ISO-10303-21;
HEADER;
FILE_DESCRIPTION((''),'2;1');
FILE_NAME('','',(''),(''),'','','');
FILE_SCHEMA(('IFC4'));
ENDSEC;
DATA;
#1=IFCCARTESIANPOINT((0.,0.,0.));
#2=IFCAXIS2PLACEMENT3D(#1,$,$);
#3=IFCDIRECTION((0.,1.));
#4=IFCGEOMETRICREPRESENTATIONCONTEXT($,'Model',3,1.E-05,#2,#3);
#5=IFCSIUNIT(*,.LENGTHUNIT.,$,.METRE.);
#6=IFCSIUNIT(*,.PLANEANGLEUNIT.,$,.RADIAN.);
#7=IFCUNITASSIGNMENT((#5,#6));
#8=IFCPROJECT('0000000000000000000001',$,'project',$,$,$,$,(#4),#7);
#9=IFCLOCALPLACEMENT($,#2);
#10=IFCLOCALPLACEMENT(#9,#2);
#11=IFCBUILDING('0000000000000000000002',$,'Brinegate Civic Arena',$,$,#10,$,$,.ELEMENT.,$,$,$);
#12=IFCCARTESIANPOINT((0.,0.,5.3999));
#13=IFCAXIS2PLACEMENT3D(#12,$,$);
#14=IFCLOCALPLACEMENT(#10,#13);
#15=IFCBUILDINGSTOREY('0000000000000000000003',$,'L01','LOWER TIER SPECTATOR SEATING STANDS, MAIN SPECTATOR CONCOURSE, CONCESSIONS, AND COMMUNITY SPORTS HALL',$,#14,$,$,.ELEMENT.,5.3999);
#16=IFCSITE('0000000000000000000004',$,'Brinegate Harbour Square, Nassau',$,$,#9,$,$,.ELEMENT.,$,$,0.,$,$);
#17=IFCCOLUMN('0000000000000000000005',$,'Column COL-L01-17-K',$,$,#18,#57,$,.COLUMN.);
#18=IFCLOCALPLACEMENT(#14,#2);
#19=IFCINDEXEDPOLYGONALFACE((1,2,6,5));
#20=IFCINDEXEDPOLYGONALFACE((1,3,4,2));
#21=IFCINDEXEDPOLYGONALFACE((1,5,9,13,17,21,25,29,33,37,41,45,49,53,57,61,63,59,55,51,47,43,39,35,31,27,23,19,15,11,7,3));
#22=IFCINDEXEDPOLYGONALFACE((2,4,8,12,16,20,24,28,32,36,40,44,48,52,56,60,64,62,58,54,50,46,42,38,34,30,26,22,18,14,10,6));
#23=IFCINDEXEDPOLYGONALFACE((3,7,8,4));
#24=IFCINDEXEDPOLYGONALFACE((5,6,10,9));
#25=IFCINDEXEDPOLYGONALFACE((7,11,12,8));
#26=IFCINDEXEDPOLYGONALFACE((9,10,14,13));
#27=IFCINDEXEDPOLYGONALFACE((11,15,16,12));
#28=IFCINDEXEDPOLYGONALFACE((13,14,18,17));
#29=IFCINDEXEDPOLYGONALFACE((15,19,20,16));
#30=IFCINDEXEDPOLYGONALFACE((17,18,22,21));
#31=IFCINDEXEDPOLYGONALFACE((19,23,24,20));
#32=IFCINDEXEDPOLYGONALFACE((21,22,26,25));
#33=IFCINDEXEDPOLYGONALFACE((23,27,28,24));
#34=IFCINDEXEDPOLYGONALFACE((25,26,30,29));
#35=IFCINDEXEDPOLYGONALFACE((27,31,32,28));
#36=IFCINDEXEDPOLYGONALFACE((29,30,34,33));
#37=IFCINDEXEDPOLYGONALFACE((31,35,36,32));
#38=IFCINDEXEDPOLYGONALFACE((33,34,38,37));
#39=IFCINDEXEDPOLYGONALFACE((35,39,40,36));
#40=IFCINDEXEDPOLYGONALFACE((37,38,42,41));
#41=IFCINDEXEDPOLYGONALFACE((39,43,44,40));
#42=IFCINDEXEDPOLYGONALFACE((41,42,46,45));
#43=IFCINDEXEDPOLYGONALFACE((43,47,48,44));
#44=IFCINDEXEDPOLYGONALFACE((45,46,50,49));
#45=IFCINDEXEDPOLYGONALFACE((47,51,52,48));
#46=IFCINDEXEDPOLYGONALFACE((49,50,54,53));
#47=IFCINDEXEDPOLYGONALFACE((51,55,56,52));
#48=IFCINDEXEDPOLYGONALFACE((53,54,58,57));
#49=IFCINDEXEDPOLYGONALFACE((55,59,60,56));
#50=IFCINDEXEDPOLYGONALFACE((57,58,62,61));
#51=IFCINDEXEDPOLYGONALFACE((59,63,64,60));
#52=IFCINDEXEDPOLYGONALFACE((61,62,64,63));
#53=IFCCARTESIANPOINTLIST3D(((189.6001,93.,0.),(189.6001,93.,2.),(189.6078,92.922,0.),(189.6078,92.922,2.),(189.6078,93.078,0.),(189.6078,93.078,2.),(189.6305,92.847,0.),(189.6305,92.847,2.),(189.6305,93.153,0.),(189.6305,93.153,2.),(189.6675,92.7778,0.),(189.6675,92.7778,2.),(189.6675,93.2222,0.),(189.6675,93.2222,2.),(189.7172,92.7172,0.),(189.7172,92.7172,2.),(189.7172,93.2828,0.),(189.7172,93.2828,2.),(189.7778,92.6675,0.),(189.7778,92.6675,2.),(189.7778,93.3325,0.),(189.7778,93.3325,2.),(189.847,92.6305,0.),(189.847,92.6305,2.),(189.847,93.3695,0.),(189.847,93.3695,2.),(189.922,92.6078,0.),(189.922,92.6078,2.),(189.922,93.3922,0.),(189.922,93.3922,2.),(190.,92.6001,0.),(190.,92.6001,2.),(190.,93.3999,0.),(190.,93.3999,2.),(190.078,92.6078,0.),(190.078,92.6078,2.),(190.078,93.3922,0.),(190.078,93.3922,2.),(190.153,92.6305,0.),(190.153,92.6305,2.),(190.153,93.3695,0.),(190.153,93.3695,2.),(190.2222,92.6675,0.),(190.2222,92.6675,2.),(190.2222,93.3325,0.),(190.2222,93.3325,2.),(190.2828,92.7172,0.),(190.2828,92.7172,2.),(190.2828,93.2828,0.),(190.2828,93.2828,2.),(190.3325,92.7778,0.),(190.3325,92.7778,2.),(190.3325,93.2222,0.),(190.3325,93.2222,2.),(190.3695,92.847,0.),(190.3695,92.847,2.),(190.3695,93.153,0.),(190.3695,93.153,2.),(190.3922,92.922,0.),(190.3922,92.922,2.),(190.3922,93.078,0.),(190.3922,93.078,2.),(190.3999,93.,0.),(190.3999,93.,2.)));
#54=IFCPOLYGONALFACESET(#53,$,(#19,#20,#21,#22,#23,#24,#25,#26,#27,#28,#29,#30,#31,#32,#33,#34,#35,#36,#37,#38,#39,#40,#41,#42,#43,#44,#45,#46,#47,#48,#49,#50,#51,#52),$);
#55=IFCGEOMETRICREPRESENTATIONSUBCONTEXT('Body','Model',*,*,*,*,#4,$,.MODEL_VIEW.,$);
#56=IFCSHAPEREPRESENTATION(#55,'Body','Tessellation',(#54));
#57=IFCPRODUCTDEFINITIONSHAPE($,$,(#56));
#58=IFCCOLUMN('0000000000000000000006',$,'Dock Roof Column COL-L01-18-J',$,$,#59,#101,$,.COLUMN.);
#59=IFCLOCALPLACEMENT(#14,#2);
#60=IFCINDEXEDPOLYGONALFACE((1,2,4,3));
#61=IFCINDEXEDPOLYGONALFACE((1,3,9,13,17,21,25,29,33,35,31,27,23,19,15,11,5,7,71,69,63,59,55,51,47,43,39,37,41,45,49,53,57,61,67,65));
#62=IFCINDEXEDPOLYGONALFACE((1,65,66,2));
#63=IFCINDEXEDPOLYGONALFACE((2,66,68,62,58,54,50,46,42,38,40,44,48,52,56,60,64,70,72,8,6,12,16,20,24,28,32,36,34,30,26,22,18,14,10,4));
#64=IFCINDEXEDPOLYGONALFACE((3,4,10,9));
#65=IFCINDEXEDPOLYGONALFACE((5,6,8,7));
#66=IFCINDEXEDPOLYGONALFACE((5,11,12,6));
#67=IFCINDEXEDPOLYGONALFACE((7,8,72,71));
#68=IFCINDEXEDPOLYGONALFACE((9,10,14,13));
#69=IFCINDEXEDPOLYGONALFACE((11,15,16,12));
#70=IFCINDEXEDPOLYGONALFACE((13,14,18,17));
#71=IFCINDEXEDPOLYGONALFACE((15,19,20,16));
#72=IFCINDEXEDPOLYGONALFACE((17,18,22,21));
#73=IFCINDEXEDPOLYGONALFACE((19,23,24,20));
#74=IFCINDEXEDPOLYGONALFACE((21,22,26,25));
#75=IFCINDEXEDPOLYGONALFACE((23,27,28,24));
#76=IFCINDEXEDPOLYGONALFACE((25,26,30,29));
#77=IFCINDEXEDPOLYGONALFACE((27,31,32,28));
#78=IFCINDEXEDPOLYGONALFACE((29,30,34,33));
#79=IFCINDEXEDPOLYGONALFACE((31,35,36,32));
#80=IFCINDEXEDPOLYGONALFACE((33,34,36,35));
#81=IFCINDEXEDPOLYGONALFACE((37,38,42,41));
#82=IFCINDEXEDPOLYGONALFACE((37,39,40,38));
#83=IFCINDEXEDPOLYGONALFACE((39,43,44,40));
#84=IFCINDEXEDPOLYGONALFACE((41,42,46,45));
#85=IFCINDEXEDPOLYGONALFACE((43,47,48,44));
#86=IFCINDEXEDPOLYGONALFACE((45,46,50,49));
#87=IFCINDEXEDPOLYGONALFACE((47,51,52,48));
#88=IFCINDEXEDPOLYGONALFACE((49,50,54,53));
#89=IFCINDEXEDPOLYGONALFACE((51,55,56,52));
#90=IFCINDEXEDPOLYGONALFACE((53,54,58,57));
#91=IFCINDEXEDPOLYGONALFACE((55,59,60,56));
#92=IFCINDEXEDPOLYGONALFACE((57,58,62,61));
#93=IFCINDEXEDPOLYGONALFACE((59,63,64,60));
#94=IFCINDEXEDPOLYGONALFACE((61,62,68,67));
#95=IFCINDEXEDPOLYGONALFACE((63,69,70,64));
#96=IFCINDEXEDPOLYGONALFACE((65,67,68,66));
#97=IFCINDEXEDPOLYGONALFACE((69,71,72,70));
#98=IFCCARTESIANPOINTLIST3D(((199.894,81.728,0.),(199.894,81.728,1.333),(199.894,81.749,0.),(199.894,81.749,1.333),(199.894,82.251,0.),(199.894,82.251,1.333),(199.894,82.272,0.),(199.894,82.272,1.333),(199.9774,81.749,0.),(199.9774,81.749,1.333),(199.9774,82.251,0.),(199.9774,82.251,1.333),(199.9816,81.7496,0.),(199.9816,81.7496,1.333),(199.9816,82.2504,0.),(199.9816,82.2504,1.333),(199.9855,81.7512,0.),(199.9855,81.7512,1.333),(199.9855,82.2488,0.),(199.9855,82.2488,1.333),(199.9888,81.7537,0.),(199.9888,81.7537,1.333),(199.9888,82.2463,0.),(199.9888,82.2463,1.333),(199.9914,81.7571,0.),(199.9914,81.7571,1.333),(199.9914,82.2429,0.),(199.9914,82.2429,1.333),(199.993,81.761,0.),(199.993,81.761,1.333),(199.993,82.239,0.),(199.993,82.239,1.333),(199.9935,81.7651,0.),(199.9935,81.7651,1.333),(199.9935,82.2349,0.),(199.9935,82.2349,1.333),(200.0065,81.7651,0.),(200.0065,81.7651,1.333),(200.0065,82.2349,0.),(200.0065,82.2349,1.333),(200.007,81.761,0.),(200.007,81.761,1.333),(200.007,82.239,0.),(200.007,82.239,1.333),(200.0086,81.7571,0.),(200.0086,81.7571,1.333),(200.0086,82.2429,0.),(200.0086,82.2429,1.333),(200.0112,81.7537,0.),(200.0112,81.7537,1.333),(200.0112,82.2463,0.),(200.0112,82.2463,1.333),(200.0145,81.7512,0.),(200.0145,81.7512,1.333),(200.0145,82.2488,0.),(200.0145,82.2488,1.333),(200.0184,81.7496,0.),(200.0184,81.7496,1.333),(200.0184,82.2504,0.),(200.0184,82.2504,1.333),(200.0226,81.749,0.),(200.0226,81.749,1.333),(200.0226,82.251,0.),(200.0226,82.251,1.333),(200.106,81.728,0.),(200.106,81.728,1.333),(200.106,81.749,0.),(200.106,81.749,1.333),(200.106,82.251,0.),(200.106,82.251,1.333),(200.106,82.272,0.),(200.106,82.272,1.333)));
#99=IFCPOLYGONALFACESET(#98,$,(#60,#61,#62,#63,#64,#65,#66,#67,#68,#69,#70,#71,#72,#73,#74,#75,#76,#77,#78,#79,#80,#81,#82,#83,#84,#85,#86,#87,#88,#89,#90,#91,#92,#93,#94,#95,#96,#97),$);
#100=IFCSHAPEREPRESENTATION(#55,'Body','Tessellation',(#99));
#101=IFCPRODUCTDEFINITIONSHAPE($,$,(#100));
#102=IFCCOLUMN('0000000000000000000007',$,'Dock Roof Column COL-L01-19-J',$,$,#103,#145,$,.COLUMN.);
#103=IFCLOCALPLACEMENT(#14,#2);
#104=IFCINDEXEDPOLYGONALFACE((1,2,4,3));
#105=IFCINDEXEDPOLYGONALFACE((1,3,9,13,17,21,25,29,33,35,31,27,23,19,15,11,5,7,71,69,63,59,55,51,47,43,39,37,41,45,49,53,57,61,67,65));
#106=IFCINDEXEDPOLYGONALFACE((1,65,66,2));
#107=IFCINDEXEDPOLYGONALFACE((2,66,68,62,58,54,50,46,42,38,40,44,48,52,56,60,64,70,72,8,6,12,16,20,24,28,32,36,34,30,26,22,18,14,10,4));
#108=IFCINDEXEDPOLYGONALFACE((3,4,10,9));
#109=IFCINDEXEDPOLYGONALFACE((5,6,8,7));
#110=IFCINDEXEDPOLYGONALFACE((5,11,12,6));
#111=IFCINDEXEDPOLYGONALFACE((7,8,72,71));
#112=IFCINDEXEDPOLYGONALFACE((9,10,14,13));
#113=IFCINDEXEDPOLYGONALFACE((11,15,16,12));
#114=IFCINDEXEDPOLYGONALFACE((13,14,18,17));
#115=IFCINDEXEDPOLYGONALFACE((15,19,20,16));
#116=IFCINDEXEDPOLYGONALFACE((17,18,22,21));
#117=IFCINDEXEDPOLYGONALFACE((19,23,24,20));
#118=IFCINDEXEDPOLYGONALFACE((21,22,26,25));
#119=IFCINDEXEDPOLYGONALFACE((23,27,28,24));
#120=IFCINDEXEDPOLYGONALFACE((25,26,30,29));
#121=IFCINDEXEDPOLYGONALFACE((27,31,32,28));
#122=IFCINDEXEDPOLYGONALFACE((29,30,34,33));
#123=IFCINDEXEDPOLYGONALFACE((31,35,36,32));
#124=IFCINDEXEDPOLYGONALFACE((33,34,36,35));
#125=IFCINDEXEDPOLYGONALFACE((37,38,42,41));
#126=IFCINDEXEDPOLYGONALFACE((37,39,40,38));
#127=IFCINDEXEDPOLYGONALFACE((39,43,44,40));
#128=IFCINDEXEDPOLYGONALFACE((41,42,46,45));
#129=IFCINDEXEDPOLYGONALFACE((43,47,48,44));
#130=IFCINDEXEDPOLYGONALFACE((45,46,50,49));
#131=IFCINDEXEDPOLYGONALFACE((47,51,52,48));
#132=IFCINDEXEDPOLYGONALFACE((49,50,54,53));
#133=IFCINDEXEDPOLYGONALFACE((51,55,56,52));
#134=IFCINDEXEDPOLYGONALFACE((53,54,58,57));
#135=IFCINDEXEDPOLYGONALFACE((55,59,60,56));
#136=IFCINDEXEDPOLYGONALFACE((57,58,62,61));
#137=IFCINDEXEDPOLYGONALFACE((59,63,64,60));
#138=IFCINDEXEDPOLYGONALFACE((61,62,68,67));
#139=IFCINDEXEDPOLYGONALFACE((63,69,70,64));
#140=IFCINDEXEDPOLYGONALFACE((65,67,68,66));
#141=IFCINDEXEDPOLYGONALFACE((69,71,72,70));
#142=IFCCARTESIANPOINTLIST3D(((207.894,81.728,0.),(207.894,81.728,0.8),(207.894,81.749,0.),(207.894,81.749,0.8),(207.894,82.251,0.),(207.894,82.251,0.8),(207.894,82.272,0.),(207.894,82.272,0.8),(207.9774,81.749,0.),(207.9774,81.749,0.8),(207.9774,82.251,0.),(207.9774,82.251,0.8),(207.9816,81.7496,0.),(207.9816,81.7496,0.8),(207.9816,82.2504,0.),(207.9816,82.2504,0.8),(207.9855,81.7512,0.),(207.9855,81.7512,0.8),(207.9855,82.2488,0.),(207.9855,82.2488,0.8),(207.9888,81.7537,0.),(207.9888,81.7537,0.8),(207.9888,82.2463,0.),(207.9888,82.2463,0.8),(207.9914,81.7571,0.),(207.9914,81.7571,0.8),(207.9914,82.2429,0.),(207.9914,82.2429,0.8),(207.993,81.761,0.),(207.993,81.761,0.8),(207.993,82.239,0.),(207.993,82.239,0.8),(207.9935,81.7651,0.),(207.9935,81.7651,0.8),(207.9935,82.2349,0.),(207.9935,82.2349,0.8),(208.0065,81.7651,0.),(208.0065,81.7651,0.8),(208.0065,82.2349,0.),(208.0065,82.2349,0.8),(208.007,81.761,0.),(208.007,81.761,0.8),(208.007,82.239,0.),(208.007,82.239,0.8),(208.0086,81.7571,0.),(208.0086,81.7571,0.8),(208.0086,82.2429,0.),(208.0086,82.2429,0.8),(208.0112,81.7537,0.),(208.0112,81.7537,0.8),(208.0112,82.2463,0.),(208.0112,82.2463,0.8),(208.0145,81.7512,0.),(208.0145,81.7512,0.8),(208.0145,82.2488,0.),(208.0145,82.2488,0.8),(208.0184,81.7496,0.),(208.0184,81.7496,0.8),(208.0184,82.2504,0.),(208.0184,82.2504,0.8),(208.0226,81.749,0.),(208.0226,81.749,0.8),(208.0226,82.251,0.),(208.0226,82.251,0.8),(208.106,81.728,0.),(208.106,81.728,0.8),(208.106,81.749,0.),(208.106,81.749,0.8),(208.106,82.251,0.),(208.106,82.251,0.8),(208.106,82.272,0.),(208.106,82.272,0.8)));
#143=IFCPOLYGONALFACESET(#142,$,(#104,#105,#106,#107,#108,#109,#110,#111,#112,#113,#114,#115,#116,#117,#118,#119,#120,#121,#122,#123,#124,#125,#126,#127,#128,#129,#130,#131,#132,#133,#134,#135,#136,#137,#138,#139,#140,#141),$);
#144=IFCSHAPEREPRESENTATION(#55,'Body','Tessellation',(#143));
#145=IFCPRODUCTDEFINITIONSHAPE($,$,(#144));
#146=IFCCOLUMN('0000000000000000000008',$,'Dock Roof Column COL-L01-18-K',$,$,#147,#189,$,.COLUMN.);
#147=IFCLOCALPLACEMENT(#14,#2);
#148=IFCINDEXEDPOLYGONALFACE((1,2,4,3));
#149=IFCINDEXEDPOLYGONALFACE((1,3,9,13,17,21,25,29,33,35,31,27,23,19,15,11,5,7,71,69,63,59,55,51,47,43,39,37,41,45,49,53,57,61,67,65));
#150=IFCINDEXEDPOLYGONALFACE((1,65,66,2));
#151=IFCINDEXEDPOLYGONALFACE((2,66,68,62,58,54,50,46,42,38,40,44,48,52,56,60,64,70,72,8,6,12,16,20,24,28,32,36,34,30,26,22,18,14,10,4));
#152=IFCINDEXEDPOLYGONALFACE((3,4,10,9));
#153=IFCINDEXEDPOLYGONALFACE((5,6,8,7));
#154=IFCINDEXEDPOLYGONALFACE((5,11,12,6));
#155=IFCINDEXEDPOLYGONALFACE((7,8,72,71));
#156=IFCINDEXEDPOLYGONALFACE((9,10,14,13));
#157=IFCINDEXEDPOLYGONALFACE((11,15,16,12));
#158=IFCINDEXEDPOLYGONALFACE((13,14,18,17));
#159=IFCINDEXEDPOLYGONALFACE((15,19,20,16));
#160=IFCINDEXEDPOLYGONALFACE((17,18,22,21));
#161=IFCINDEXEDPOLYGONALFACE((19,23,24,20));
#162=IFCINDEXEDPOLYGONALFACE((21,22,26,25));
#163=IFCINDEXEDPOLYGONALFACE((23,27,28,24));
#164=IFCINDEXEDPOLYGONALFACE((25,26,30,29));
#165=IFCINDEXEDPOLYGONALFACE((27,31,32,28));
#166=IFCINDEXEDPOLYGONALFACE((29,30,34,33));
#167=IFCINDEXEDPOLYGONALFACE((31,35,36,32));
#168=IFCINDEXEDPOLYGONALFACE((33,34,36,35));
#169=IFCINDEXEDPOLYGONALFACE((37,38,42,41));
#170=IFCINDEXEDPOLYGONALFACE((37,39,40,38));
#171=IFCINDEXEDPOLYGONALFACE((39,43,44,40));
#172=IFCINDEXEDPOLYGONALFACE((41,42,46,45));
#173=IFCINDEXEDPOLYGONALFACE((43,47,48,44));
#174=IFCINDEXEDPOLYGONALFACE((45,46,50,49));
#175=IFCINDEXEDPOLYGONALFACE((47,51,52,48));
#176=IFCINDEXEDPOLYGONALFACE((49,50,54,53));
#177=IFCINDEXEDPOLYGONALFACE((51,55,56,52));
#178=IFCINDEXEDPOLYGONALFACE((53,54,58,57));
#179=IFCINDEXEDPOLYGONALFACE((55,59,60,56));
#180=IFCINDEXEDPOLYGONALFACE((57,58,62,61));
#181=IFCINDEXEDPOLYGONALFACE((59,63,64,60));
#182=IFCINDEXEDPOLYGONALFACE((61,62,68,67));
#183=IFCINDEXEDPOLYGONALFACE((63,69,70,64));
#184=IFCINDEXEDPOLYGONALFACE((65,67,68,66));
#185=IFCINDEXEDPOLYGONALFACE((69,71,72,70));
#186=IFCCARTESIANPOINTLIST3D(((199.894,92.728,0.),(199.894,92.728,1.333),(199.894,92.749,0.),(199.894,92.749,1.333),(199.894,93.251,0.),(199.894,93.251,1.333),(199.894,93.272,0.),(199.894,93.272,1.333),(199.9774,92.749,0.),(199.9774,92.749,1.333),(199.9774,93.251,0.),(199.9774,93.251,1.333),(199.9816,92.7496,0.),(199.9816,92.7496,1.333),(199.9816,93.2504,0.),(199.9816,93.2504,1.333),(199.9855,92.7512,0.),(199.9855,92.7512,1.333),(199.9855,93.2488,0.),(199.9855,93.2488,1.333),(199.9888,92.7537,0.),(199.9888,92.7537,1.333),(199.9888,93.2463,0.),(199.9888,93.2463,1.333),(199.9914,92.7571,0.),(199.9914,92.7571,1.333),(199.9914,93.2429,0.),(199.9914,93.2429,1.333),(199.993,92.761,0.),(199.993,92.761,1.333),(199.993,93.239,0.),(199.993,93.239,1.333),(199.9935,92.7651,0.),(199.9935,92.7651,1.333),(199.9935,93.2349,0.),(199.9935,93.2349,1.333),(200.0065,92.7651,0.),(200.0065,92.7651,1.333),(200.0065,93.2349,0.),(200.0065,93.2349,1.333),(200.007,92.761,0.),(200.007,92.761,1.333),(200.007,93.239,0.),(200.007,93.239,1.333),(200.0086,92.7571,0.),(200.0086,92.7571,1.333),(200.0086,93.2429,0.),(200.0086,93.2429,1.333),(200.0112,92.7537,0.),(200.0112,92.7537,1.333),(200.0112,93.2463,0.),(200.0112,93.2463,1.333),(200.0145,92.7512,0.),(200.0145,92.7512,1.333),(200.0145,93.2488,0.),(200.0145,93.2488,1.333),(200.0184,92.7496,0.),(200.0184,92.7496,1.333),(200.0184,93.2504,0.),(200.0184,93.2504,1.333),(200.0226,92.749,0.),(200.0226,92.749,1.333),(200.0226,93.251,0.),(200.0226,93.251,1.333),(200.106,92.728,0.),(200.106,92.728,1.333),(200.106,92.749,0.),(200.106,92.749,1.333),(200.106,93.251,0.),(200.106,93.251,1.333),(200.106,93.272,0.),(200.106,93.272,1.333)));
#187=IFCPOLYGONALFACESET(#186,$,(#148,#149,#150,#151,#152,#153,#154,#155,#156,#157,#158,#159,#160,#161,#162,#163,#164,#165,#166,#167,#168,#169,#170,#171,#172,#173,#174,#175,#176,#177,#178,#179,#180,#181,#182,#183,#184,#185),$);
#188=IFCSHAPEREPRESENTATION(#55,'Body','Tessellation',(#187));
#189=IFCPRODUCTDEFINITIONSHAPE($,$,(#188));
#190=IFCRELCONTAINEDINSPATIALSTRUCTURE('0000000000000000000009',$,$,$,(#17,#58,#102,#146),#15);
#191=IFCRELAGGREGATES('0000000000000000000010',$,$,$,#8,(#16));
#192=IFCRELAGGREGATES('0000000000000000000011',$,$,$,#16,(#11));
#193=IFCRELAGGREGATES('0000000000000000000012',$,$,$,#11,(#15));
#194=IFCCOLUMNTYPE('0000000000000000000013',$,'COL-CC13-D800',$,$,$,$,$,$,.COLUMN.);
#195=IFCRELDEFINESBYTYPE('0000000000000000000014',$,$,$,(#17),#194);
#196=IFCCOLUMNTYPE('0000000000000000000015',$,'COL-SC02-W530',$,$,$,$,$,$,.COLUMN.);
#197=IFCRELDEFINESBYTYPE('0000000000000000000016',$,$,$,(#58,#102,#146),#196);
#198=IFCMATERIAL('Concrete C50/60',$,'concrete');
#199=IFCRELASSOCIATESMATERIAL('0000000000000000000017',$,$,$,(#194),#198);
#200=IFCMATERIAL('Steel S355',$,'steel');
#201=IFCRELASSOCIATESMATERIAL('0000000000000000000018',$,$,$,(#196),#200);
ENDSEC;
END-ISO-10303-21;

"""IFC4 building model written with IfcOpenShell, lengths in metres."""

from ifc_helpers import new_model, si_unit, direction, frame, origin, origin_2d, place, context, subcontext, project, spatial, circle, i_section, extrude, material, material_profile, profile_set, type_object, element, save


model = new_model("IFC4")

# Units and contexts
model_context = context("Model", 3, precision=1e-05, world=origin(), true_north=direction((0.0, 1.0)))
body_context = subcontext(model_context, "Body", "Model", "MODEL_VIEW")
ifc_project = project(units=[si_unit("LENGTHUNIT", "METRE"), si_unit("PLANEANGLEUNIT", "RADIAN")], contexts=[model_context])

# Site, building, storey
site_placement = place(None, origin())
site = spatial("IfcSite", under=ifc_project, at=site_placement, Name="Brinegate Harbour Square, Nassau", CompositionType="ELEMENT", RefElevation=0.0)
building_placement = place(site_placement, origin())
building = spatial("IfcBuilding", under=site, at=building_placement, Name="Brinegate Civic Arena", CompositionType="ELEMENT")
storey_placement = place(building_placement, frame((0.0, 0.0, 5.3999)))
storey = spatial("IfcBuildingStorey", under=building, at=storey_placement, Name="L01", Description="LOWER TIER SPECTATOR SEATING STANDS, MAIN SPECTATOR CONCOURSE, CONCESSIONS, AND COMMUNITY SPORTS HALL", CompositionType="ELEMENT", Elevation=5.3999)

# Columns
ifc_material_1 = material(Name="Concrete C50/60", Category="concrete")
ifc_material_profile_1 = material_profile(ifc_material_1, circle(Radius=0.3999, at=origin_2d()), Name="RCD800")
ifc_profile_set_1 = profile_set([ifc_material_profile_1], Name="Concrete C50/60")
column_type_1 = type_object("IfcColumnType", Name="COL-CC13-D800", PredefinedType="COLUMN", material=ifc_profile_set_1)
column_1_placement = place(storey_placement, frame((190.0, 93.0, 0.0), z_axis=(0.0, 0.0, 1.0), x_axis=(1.0, 0.0, 0.0)))
element("IfcColumn", 1, at=column_1_placement, inside=storey, type_object=column_type_1, Name="Column COL-L01-17-K", PredefinedType="COLUMN", context=body_context, shape_type="SweptSolid", body=[
    extrude(circle(Radius=0.3999, at=origin_2d()), origin(), (0.0, 0.0, 1.0), 2.0),
])
ifc_material_2 = material(Name="Steel S355", Category="steel")
ifc_material_profile_2 = material_profile(ifc_material_2, i_section(OverallWidth=0.2119, OverallDepth=0.5439, WebThickness=0.0129, FlangeThickness=0.021, FilletRadius=0.0161, at=origin_2d()), Name="W530X123")
ifc_profile_set_2 = profile_set([ifc_material_profile_2], Name="Steel S355")
column_type_2 = type_object("IfcColumnType", Name="COL-SC02-W530", PredefinedType="COLUMN", material=ifc_profile_set_2)
column_2_placement = place(storey_placement, frame((200.0, 82.0, 0.0), z_axis=(0.0, 0.0, 1.0), x_axis=(1.0, 0.0, 0.0)))
element("IfcColumn", 2, at=column_2_placement, inside=storey, type_object=column_type_2, Name="Dock Roof Column COL-L01-18-J", PredefinedType="COLUMN", context=body_context, shape_type="SweptSolid", body=[
    extrude(i_section(OverallWidth=0.2119, OverallDepth=0.5439, WebThickness=0.0129, FlangeThickness=0.021, FilletRadius=0.0161, at=origin_2d()), origin(), (0.0, 0.0, 1.0), 1.333),
])
column_3_placement = place(storey_placement, frame((208.0, 82.0, 0.0), z_axis=(0.0, 0.0, 1.0), x_axis=(1.0, 0.0, 0.0)))
element("IfcColumn", 3, at=column_3_placement, inside=storey, type_object=column_type_2, Name="Dock Roof Column COL-L01-19-J", PredefinedType="COLUMN", context=body_context, shape_type="SweptSolid", body=[
    extrude(i_section(OverallWidth=0.2119, OverallDepth=0.5439, WebThickness=0.0129, FlangeThickness=0.021, FilletRadius=0.0161, at=origin_2d()), origin(), (0.0, 0.0, 1.0), 0.8),
])
column_4_placement = place(storey_placement, frame((200.0, 93.0, 0.0), z_axis=(0.0, 0.0, 1.0), x_axis=(1.0, 0.0, 0.0)))
element("IfcColumn", 4, at=column_4_placement, inside=storey, type_object=column_type_2, Name="Dock Roof Column COL-L01-18-K", PredefinedType="COLUMN", context=body_context, shape_type="SweptSolid", body=[
    extrude(i_section(OverallWidth=0.2119, OverallDepth=0.5439, WebThickness=0.0129, FlangeThickness=0.021, FilletRadius=0.0161, at=origin_2d()), origin(), (0.0, 0.0, 1.0), 1.333),
])

save(model, "model.ifc")
